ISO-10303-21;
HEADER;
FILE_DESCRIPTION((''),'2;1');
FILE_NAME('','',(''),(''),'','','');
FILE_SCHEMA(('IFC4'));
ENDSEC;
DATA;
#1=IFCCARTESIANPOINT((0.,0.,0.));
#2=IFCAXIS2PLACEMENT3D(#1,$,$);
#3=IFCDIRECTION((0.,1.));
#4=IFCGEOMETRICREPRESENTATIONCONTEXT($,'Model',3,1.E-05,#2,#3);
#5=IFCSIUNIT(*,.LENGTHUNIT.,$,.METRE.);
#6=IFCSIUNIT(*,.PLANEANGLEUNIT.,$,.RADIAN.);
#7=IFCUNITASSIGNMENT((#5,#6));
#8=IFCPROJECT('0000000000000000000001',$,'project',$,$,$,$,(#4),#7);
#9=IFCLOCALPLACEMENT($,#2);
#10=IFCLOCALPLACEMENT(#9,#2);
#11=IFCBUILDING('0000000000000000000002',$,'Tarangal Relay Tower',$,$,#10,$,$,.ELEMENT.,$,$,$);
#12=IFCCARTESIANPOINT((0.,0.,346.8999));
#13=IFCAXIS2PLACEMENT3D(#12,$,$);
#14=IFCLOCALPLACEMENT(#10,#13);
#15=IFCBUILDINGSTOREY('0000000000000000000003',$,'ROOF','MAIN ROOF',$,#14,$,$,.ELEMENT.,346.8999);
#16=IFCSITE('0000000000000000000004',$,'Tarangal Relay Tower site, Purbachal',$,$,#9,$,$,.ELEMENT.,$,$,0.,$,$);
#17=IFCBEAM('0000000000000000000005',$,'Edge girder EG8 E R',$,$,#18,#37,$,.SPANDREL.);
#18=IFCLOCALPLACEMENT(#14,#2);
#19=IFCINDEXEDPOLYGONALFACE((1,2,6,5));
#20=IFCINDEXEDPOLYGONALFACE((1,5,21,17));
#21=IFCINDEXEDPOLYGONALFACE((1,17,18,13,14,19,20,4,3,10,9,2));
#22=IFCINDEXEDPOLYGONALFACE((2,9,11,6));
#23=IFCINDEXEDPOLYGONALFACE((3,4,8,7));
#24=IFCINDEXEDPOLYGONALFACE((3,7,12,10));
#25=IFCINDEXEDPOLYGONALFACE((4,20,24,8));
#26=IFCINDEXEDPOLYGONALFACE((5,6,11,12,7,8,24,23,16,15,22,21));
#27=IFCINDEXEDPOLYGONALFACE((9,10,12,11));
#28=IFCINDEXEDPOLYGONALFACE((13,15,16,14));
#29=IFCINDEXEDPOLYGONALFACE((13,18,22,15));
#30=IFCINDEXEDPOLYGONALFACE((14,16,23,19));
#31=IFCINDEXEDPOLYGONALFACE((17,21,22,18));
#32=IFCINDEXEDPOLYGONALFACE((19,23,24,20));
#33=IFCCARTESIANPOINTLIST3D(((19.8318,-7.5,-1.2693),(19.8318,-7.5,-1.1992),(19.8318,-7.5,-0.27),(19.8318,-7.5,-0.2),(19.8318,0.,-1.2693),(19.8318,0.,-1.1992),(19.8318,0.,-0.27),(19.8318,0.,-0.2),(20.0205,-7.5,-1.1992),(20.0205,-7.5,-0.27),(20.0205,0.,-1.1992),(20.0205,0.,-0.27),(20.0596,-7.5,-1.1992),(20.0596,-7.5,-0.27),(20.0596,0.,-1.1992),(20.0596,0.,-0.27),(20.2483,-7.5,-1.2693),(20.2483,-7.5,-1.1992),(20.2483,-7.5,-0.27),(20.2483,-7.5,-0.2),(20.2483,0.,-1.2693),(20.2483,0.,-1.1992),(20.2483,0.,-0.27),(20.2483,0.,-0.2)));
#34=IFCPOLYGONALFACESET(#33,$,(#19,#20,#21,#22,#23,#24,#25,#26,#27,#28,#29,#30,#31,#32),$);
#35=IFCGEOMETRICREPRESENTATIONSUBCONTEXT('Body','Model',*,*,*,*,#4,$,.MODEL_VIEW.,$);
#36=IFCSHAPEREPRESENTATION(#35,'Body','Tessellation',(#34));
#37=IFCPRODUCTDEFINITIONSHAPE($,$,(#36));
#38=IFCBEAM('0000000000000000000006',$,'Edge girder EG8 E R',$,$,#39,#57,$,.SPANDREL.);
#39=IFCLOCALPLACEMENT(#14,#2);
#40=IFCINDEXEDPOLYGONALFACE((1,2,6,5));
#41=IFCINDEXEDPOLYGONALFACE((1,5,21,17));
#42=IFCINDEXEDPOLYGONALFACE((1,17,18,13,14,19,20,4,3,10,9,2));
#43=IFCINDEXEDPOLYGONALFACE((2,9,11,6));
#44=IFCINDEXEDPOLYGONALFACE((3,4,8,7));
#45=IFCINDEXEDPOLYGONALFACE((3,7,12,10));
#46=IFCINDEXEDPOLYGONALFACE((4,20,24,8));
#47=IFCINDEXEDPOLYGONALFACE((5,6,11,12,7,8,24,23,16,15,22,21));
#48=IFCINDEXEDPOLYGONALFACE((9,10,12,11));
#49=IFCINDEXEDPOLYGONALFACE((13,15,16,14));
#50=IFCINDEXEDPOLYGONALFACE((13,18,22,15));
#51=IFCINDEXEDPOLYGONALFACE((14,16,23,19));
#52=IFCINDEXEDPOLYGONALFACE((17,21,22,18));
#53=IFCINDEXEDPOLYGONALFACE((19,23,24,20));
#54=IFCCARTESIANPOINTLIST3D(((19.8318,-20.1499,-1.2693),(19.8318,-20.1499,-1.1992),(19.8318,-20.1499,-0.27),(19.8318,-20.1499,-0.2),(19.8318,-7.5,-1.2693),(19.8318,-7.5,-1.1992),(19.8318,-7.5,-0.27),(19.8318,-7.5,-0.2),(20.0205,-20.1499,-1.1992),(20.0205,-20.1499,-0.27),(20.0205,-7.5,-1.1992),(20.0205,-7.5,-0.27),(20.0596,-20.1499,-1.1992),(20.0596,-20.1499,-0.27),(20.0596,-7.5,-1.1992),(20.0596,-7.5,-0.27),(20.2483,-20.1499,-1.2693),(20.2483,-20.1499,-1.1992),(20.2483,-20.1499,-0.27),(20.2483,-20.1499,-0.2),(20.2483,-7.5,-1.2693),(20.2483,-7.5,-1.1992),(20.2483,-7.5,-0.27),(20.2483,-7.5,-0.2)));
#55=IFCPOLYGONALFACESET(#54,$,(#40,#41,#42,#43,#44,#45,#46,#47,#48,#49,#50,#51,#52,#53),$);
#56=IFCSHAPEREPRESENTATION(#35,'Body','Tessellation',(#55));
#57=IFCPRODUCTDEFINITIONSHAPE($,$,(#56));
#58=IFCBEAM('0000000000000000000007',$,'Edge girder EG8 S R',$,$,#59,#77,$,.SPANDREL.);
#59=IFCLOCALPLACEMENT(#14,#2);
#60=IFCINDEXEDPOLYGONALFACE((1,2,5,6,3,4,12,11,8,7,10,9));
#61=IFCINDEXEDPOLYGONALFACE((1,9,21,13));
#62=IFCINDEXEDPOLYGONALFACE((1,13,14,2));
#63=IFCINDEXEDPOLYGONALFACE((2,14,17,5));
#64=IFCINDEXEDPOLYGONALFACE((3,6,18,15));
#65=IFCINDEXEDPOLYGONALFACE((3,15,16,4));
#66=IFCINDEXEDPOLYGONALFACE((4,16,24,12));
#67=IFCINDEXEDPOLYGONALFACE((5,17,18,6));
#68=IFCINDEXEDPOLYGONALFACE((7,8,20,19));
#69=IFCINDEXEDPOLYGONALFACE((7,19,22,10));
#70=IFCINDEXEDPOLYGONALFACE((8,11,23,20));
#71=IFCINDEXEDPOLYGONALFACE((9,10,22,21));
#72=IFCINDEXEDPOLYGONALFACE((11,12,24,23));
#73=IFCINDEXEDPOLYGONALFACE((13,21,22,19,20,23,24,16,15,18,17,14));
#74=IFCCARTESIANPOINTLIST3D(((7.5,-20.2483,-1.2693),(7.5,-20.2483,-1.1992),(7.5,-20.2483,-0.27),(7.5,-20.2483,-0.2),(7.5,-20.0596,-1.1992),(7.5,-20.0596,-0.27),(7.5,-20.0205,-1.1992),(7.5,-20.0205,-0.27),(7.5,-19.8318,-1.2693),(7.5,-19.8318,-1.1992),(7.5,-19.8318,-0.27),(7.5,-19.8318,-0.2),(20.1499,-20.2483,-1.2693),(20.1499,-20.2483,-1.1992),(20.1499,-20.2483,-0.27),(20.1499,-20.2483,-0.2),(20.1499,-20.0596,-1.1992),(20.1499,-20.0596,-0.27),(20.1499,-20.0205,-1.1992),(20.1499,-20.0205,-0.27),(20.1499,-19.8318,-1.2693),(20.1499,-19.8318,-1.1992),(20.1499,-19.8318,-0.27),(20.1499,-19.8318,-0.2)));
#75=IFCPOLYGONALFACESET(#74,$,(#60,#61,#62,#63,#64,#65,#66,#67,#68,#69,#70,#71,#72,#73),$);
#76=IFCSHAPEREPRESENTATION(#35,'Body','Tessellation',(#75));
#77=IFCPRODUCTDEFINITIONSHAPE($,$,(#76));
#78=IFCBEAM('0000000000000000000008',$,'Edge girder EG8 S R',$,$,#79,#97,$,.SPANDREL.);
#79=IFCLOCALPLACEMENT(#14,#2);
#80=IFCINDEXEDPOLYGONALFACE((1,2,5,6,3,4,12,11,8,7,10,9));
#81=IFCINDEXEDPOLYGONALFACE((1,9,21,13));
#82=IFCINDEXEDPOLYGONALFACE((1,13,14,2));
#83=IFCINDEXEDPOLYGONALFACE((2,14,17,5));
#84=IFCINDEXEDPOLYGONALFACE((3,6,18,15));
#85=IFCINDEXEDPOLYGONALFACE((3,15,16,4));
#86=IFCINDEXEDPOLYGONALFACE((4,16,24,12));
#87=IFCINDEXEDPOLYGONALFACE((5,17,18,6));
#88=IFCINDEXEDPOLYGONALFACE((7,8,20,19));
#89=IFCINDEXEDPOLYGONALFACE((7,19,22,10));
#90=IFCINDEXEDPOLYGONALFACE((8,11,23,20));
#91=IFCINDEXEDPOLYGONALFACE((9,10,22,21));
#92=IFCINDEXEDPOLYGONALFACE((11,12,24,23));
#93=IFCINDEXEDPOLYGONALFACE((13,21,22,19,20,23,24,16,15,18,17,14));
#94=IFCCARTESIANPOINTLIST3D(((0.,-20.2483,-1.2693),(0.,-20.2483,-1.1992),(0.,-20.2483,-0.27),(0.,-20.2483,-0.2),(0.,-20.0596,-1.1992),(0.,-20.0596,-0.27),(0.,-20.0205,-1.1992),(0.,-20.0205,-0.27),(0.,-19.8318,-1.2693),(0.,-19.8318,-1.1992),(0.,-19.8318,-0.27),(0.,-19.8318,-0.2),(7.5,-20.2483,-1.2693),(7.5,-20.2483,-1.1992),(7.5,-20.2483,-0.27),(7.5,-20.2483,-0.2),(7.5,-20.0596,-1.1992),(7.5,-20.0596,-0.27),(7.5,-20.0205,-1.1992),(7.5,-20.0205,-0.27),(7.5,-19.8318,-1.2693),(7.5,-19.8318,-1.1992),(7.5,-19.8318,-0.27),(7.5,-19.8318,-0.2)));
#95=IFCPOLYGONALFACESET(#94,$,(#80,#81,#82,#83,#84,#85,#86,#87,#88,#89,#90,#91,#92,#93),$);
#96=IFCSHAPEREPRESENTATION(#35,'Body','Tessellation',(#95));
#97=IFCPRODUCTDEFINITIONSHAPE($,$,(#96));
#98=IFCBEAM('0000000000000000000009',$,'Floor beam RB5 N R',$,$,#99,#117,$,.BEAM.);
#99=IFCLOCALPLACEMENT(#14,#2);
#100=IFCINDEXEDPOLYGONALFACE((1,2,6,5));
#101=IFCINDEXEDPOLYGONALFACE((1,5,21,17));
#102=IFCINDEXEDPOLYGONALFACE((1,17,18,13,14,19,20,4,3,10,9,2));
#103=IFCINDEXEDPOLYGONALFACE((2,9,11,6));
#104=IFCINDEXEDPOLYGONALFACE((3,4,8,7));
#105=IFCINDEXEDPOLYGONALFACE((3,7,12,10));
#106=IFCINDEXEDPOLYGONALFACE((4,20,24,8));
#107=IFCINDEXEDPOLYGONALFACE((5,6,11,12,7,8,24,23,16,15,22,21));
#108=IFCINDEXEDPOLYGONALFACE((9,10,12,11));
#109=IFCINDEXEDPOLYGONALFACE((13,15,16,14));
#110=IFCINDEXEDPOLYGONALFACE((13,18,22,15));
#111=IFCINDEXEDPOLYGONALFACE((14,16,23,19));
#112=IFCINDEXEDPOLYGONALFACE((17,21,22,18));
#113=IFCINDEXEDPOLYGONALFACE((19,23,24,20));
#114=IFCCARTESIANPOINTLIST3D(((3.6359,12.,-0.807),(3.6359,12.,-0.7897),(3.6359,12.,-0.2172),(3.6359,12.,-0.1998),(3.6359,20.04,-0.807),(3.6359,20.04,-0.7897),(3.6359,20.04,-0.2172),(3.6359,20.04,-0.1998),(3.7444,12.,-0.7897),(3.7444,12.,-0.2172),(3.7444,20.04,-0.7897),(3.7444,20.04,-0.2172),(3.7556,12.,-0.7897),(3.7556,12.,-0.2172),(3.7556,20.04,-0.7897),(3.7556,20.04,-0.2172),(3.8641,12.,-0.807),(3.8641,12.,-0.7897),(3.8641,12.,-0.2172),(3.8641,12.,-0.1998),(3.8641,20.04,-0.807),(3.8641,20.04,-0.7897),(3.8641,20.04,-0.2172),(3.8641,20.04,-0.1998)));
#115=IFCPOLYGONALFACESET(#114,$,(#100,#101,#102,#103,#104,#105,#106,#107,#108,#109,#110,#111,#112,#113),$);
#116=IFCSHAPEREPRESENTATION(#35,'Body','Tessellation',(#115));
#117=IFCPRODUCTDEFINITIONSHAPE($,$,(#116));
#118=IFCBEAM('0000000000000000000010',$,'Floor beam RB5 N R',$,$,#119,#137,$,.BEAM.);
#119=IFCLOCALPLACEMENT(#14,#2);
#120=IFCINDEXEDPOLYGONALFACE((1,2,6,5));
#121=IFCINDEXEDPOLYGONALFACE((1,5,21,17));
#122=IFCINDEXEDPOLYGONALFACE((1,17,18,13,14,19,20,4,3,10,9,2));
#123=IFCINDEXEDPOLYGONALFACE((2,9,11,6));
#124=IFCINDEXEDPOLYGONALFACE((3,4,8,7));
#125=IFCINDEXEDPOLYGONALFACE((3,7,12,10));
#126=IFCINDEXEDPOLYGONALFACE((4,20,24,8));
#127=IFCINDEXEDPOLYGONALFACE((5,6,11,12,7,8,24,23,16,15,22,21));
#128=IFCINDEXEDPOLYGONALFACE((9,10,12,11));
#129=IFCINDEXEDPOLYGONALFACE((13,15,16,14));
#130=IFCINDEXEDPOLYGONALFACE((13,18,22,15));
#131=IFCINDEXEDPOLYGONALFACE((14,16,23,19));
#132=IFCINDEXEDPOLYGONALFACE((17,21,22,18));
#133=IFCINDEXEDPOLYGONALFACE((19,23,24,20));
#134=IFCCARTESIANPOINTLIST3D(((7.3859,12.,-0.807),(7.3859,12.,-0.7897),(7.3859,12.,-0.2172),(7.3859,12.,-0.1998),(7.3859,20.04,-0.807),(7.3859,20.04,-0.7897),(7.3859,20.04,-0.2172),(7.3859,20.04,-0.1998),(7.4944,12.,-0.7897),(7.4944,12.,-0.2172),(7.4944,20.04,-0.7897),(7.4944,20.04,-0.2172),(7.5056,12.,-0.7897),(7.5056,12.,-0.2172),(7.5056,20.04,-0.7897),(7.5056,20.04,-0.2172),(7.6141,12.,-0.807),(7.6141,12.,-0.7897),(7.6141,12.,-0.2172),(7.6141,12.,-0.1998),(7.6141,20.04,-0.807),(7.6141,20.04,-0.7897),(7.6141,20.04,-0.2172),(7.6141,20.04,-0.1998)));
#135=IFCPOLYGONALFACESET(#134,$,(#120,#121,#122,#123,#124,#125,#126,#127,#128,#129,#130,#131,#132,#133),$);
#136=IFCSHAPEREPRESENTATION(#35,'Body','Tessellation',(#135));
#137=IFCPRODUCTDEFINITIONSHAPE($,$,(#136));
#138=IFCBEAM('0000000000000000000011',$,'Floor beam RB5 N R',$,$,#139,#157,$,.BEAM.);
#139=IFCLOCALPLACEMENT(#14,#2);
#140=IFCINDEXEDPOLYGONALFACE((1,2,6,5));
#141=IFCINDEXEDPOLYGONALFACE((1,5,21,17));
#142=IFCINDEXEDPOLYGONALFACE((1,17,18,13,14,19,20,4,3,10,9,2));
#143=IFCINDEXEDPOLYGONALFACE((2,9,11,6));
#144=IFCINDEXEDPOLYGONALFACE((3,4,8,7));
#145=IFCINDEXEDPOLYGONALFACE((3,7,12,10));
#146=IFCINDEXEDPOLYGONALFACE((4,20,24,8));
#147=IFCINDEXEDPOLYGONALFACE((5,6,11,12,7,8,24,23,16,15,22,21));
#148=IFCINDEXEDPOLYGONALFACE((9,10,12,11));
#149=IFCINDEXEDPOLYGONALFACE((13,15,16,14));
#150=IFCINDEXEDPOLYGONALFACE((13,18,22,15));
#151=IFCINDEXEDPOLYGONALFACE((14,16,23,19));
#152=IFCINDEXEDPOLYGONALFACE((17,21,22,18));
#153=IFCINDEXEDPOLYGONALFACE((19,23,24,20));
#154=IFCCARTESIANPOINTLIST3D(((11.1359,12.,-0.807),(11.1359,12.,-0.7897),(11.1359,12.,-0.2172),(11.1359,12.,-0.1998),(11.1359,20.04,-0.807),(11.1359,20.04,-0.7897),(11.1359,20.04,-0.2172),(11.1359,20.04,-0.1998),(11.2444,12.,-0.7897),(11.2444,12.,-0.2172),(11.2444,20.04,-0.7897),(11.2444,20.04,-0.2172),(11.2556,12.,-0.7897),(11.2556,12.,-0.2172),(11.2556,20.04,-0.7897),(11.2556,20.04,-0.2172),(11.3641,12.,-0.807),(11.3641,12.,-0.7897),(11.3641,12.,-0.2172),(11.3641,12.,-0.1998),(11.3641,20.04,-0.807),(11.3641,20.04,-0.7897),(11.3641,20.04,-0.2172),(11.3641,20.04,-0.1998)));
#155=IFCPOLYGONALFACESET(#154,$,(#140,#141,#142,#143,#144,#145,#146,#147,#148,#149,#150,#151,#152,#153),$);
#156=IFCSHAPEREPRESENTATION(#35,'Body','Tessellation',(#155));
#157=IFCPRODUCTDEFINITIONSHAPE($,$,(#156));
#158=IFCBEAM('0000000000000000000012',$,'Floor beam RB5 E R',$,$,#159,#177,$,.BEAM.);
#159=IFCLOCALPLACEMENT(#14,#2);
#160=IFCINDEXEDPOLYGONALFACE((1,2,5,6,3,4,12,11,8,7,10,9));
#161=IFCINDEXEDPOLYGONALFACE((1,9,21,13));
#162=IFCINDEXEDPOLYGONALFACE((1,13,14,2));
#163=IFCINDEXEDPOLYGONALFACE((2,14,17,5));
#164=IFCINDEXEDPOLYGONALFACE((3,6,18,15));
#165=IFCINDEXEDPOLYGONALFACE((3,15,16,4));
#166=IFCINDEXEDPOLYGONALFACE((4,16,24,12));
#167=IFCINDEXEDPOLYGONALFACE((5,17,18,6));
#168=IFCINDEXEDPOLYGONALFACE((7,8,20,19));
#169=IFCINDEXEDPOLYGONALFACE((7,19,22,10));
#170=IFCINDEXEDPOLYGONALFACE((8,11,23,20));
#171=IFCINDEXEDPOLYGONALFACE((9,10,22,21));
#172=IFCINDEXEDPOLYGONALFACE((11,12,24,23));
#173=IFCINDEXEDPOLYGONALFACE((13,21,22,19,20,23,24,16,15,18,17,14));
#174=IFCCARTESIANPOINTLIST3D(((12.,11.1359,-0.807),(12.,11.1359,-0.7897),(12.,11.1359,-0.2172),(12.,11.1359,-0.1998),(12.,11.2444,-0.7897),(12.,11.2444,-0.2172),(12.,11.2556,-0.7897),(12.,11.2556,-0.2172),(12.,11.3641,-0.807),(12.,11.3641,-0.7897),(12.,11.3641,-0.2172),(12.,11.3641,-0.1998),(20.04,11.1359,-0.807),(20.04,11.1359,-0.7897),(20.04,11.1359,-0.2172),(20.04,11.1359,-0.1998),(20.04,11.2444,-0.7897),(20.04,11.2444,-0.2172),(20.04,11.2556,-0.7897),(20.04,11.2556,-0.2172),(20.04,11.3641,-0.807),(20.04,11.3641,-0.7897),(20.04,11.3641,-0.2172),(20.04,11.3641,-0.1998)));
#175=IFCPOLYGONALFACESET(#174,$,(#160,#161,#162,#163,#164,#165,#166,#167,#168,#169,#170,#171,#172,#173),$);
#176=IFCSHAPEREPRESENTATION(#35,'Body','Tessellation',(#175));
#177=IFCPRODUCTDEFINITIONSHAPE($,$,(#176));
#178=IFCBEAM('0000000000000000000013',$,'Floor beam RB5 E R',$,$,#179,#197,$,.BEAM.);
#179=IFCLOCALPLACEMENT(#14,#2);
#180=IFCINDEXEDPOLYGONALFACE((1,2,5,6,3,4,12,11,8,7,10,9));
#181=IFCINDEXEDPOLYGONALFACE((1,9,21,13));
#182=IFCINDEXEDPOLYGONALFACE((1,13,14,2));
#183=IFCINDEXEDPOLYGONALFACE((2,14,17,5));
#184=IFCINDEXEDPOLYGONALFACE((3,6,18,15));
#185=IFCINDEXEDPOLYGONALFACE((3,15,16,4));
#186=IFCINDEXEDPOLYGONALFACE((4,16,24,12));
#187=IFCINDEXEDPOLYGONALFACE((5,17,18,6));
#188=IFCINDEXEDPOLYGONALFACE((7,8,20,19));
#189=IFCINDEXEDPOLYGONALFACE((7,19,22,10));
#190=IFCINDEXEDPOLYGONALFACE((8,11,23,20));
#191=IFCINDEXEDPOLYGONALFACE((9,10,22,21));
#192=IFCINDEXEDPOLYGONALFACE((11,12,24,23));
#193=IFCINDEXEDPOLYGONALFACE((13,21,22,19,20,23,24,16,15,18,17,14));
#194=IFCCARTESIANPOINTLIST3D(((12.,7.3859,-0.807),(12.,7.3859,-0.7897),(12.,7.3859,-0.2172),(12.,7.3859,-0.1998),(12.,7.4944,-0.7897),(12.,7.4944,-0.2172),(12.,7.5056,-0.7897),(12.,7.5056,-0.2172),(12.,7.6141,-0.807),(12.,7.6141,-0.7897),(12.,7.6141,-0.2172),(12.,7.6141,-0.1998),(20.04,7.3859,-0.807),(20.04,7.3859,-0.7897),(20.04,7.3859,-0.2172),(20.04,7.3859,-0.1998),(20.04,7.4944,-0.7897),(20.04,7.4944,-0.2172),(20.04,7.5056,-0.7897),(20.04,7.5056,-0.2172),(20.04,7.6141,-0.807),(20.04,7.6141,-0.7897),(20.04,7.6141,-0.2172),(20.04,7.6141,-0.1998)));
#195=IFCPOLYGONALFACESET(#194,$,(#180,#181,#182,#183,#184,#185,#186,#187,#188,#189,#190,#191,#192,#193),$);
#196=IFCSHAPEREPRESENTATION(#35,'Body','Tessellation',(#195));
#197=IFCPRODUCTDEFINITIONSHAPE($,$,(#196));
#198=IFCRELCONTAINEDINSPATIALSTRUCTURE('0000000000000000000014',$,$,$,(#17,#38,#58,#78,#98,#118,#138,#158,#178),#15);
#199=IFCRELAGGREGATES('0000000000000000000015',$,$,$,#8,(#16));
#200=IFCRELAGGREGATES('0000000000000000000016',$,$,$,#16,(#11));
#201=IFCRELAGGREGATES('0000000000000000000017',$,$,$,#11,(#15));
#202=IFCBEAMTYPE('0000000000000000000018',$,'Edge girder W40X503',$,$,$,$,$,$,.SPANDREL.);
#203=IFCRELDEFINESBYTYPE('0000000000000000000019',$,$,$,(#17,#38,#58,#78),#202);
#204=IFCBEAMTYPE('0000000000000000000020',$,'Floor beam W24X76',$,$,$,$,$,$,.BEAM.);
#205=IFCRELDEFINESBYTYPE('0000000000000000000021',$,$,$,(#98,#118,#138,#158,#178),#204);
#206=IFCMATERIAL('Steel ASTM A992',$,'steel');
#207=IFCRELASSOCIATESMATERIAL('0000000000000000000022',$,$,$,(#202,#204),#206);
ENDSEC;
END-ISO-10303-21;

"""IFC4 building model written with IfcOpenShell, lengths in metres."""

from ifc_helpers import new_model, si_unit, direction, frame, origin, origin_2d, place, context, subcontext, project, spatial, i_section, extrude, material, material_profile, profile_set, type_object, element, save


model = new_model("IFC4")

# Units and contexts
model_context = context("Model", 3, precision=1e-05, world=origin(), true_north=direction((0.0, 1.0)))
body_context = subcontext(model_context, "Body", "Model", "MODEL_VIEW")
ifc_project = project(units=[si_unit("LENGTHUNIT", "METRE"), si_unit("PLANEANGLEUNIT", "RADIAN")], contexts=[model_context])

# Site, building, storey
site_placement = place(None, origin())
site = spatial("IfcSite", under=ifc_project, at=site_placement, Name="Tarangal Relay Tower site, Purbachal", CompositionType="ELEMENT", RefElevation=0.0)
building_placement = place(site_placement, origin())
building = spatial("IfcBuilding", under=site, at=building_placement, Name="Tarangal Relay Tower", CompositionType="ELEMENT")
storey_placement = place(building_placement, frame((0.0, 0.0, 346.8999)))
storey = spatial("IfcBuildingStorey", under=building, at=storey_placement, Name="ROOF", Description="MAIN ROOF", CompositionType="ELEMENT", Elevation=346.8999)

# Beams
ifc_material_1 = material(Name="Steel ASTM A992", Category="steel")
ifc_material_profile_1 = material_profile(ifc_material_1, i_section(OverallWidth=0.4165, OverallDepth=1.0693, WebThickness=0.0391, FlangeThickness=0.0701, at=origin_2d()), Name="W40X503")
ifc_profile_set_1 = profile_set([ifc_material_profile_1], Name="Steel ASTM A992")
beam_type_1 = type_object("IfcBeamType", Name="Edge girder W40X503", PredefinedType="SPANDREL", material=ifc_profile_set_1)
for number, where, z_axis, x_axis, name in (
    (1, (20.04, 0.0, -0.7346), (0.0, -1.0, 0.0), (1.0, 0.0, 0.0), "Edge girder EG8 E R"),
):
    element("IfcBeam", number, at=place(storey_placement, frame(where, z_axis=z_axis, x_axis=x_axis)), inside=storey, type_object=beam_type_1, Name=name, PredefinedType="SPANDREL", context=body_context, shape_type="SweptSolid", body=[
        extrude(i_section(OverallWidth=0.4165, OverallDepth=1.0693, WebThickness=0.0391, FlangeThickness=0.0701, at=origin_2d()), origin(), (0.0, 0.0, 1.0), 7.5),
    ])
for number, where, z_axis, x_axis, name in (
    (2, (20.04, -7.5, -0.7346), (0.0, -1.0, 0.0), (1.0, 0.0, 0.0), "Edge girder EG8 E R"),
    (3, (20.1499, -20.04, -0.7346), (-1.0, 0.0, 0.0), (0.0, -1.0, 0.0), "Edge girder EG8 S R"),
):
    element("IfcBeam", number, at=place(storey_placement, frame(where, z_axis=z_axis, x_axis=x_axis)), inside=storey, type_object=beam_type_1, Name=name, PredefinedType="SPANDREL", context=body_context, shape_type="SweptSolid", body=[
        extrude(i_section(OverallWidth=0.4165, OverallDepth=1.0693, WebThickness=0.0391, FlangeThickness=0.0701, at=origin_2d()), origin(), (0.0, 0.0, 1.0), 12.6499),
    ])
beam_placement = place(storey_placement, frame((7.5, -20.04, -0.7346), z_axis=(-1.0, 0.0, 0.0), x_axis=(0.0, -1.0, 0.0)))
element("IfcBeam", 4, at=beam_placement, inside=storey, type_object=beam_type_1, Name="Edge girder EG8 S R", PredefinedType="SPANDREL", context=body_context, shape_type="SweptSolid", body=[
    extrude(i_section(OverallWidth=0.4165, OverallDepth=1.0693, WebThickness=0.0391, FlangeThickness=0.0701, at=origin_2d()), origin(), (0.0, 0.0, 1.0), 7.5),
])
ifc_material_profile_2 = material_profile(ifc_material_1, i_section(OverallWidth=0.2283, OverallDepth=0.6072, WebThickness=0.0112, FlangeThickness=0.0173, at=origin_2d()), Name="W24X76")
ifc_profile_set_2 = profile_set([ifc_material_profile_2], Name="Steel ASTM A992")
beam_type_2 = type_object("IfcBeamType", Name="Floor beam W24X76", PredefinedType="BEAM", material=ifc_profile_set_2)
for number, where, z_axis, x_axis, name in (
    (5, (3.75, 12.0, -0.5034), (0.0, 1.0, 0.0), (-1.0, 0.0, 0.0), "Floor beam RB5 N R"),
    (6, (7.5, 12.0, -0.5034), (0.0, 1.0, 0.0), (-1.0, 0.0, 0.0), "Floor beam RB5 N R"),
    (7, (11.25, 12.0, -0.5034), (0.0, 1.0, 0.0), (-1.0, 0.0, 0.0), "Floor beam RB5 N R"),
    (8, (12.0, 11.25, -0.5034), (1.0, 0.0, 0.0), (0.0, 1.0, 0.0), "Floor beam RB5 E R"),
    (9, (12.0, 7.5, -0.5034), (1.0, 0.0, 0.0), (0.0, 1.0, 0.0), "Floor beam RB5 E R"),
):
    element("IfcBeam", number, at=place(storey_placement, frame(where, z_axis=z_axis, x_axis=x_axis)), inside=storey, type_object=beam_type_2, Name=name, PredefinedType="BEAM", context=body_context, shape_type="SweptSolid", body=[
        extrude(i_section(OverallWidth=0.2283, OverallDepth=0.6072, WebThickness=0.0112, FlangeThickness=0.0173, at=origin_2d()), origin(), (0.0, 0.0, 1.0), 8.04),
    ])

save(model, "model.ifc")
